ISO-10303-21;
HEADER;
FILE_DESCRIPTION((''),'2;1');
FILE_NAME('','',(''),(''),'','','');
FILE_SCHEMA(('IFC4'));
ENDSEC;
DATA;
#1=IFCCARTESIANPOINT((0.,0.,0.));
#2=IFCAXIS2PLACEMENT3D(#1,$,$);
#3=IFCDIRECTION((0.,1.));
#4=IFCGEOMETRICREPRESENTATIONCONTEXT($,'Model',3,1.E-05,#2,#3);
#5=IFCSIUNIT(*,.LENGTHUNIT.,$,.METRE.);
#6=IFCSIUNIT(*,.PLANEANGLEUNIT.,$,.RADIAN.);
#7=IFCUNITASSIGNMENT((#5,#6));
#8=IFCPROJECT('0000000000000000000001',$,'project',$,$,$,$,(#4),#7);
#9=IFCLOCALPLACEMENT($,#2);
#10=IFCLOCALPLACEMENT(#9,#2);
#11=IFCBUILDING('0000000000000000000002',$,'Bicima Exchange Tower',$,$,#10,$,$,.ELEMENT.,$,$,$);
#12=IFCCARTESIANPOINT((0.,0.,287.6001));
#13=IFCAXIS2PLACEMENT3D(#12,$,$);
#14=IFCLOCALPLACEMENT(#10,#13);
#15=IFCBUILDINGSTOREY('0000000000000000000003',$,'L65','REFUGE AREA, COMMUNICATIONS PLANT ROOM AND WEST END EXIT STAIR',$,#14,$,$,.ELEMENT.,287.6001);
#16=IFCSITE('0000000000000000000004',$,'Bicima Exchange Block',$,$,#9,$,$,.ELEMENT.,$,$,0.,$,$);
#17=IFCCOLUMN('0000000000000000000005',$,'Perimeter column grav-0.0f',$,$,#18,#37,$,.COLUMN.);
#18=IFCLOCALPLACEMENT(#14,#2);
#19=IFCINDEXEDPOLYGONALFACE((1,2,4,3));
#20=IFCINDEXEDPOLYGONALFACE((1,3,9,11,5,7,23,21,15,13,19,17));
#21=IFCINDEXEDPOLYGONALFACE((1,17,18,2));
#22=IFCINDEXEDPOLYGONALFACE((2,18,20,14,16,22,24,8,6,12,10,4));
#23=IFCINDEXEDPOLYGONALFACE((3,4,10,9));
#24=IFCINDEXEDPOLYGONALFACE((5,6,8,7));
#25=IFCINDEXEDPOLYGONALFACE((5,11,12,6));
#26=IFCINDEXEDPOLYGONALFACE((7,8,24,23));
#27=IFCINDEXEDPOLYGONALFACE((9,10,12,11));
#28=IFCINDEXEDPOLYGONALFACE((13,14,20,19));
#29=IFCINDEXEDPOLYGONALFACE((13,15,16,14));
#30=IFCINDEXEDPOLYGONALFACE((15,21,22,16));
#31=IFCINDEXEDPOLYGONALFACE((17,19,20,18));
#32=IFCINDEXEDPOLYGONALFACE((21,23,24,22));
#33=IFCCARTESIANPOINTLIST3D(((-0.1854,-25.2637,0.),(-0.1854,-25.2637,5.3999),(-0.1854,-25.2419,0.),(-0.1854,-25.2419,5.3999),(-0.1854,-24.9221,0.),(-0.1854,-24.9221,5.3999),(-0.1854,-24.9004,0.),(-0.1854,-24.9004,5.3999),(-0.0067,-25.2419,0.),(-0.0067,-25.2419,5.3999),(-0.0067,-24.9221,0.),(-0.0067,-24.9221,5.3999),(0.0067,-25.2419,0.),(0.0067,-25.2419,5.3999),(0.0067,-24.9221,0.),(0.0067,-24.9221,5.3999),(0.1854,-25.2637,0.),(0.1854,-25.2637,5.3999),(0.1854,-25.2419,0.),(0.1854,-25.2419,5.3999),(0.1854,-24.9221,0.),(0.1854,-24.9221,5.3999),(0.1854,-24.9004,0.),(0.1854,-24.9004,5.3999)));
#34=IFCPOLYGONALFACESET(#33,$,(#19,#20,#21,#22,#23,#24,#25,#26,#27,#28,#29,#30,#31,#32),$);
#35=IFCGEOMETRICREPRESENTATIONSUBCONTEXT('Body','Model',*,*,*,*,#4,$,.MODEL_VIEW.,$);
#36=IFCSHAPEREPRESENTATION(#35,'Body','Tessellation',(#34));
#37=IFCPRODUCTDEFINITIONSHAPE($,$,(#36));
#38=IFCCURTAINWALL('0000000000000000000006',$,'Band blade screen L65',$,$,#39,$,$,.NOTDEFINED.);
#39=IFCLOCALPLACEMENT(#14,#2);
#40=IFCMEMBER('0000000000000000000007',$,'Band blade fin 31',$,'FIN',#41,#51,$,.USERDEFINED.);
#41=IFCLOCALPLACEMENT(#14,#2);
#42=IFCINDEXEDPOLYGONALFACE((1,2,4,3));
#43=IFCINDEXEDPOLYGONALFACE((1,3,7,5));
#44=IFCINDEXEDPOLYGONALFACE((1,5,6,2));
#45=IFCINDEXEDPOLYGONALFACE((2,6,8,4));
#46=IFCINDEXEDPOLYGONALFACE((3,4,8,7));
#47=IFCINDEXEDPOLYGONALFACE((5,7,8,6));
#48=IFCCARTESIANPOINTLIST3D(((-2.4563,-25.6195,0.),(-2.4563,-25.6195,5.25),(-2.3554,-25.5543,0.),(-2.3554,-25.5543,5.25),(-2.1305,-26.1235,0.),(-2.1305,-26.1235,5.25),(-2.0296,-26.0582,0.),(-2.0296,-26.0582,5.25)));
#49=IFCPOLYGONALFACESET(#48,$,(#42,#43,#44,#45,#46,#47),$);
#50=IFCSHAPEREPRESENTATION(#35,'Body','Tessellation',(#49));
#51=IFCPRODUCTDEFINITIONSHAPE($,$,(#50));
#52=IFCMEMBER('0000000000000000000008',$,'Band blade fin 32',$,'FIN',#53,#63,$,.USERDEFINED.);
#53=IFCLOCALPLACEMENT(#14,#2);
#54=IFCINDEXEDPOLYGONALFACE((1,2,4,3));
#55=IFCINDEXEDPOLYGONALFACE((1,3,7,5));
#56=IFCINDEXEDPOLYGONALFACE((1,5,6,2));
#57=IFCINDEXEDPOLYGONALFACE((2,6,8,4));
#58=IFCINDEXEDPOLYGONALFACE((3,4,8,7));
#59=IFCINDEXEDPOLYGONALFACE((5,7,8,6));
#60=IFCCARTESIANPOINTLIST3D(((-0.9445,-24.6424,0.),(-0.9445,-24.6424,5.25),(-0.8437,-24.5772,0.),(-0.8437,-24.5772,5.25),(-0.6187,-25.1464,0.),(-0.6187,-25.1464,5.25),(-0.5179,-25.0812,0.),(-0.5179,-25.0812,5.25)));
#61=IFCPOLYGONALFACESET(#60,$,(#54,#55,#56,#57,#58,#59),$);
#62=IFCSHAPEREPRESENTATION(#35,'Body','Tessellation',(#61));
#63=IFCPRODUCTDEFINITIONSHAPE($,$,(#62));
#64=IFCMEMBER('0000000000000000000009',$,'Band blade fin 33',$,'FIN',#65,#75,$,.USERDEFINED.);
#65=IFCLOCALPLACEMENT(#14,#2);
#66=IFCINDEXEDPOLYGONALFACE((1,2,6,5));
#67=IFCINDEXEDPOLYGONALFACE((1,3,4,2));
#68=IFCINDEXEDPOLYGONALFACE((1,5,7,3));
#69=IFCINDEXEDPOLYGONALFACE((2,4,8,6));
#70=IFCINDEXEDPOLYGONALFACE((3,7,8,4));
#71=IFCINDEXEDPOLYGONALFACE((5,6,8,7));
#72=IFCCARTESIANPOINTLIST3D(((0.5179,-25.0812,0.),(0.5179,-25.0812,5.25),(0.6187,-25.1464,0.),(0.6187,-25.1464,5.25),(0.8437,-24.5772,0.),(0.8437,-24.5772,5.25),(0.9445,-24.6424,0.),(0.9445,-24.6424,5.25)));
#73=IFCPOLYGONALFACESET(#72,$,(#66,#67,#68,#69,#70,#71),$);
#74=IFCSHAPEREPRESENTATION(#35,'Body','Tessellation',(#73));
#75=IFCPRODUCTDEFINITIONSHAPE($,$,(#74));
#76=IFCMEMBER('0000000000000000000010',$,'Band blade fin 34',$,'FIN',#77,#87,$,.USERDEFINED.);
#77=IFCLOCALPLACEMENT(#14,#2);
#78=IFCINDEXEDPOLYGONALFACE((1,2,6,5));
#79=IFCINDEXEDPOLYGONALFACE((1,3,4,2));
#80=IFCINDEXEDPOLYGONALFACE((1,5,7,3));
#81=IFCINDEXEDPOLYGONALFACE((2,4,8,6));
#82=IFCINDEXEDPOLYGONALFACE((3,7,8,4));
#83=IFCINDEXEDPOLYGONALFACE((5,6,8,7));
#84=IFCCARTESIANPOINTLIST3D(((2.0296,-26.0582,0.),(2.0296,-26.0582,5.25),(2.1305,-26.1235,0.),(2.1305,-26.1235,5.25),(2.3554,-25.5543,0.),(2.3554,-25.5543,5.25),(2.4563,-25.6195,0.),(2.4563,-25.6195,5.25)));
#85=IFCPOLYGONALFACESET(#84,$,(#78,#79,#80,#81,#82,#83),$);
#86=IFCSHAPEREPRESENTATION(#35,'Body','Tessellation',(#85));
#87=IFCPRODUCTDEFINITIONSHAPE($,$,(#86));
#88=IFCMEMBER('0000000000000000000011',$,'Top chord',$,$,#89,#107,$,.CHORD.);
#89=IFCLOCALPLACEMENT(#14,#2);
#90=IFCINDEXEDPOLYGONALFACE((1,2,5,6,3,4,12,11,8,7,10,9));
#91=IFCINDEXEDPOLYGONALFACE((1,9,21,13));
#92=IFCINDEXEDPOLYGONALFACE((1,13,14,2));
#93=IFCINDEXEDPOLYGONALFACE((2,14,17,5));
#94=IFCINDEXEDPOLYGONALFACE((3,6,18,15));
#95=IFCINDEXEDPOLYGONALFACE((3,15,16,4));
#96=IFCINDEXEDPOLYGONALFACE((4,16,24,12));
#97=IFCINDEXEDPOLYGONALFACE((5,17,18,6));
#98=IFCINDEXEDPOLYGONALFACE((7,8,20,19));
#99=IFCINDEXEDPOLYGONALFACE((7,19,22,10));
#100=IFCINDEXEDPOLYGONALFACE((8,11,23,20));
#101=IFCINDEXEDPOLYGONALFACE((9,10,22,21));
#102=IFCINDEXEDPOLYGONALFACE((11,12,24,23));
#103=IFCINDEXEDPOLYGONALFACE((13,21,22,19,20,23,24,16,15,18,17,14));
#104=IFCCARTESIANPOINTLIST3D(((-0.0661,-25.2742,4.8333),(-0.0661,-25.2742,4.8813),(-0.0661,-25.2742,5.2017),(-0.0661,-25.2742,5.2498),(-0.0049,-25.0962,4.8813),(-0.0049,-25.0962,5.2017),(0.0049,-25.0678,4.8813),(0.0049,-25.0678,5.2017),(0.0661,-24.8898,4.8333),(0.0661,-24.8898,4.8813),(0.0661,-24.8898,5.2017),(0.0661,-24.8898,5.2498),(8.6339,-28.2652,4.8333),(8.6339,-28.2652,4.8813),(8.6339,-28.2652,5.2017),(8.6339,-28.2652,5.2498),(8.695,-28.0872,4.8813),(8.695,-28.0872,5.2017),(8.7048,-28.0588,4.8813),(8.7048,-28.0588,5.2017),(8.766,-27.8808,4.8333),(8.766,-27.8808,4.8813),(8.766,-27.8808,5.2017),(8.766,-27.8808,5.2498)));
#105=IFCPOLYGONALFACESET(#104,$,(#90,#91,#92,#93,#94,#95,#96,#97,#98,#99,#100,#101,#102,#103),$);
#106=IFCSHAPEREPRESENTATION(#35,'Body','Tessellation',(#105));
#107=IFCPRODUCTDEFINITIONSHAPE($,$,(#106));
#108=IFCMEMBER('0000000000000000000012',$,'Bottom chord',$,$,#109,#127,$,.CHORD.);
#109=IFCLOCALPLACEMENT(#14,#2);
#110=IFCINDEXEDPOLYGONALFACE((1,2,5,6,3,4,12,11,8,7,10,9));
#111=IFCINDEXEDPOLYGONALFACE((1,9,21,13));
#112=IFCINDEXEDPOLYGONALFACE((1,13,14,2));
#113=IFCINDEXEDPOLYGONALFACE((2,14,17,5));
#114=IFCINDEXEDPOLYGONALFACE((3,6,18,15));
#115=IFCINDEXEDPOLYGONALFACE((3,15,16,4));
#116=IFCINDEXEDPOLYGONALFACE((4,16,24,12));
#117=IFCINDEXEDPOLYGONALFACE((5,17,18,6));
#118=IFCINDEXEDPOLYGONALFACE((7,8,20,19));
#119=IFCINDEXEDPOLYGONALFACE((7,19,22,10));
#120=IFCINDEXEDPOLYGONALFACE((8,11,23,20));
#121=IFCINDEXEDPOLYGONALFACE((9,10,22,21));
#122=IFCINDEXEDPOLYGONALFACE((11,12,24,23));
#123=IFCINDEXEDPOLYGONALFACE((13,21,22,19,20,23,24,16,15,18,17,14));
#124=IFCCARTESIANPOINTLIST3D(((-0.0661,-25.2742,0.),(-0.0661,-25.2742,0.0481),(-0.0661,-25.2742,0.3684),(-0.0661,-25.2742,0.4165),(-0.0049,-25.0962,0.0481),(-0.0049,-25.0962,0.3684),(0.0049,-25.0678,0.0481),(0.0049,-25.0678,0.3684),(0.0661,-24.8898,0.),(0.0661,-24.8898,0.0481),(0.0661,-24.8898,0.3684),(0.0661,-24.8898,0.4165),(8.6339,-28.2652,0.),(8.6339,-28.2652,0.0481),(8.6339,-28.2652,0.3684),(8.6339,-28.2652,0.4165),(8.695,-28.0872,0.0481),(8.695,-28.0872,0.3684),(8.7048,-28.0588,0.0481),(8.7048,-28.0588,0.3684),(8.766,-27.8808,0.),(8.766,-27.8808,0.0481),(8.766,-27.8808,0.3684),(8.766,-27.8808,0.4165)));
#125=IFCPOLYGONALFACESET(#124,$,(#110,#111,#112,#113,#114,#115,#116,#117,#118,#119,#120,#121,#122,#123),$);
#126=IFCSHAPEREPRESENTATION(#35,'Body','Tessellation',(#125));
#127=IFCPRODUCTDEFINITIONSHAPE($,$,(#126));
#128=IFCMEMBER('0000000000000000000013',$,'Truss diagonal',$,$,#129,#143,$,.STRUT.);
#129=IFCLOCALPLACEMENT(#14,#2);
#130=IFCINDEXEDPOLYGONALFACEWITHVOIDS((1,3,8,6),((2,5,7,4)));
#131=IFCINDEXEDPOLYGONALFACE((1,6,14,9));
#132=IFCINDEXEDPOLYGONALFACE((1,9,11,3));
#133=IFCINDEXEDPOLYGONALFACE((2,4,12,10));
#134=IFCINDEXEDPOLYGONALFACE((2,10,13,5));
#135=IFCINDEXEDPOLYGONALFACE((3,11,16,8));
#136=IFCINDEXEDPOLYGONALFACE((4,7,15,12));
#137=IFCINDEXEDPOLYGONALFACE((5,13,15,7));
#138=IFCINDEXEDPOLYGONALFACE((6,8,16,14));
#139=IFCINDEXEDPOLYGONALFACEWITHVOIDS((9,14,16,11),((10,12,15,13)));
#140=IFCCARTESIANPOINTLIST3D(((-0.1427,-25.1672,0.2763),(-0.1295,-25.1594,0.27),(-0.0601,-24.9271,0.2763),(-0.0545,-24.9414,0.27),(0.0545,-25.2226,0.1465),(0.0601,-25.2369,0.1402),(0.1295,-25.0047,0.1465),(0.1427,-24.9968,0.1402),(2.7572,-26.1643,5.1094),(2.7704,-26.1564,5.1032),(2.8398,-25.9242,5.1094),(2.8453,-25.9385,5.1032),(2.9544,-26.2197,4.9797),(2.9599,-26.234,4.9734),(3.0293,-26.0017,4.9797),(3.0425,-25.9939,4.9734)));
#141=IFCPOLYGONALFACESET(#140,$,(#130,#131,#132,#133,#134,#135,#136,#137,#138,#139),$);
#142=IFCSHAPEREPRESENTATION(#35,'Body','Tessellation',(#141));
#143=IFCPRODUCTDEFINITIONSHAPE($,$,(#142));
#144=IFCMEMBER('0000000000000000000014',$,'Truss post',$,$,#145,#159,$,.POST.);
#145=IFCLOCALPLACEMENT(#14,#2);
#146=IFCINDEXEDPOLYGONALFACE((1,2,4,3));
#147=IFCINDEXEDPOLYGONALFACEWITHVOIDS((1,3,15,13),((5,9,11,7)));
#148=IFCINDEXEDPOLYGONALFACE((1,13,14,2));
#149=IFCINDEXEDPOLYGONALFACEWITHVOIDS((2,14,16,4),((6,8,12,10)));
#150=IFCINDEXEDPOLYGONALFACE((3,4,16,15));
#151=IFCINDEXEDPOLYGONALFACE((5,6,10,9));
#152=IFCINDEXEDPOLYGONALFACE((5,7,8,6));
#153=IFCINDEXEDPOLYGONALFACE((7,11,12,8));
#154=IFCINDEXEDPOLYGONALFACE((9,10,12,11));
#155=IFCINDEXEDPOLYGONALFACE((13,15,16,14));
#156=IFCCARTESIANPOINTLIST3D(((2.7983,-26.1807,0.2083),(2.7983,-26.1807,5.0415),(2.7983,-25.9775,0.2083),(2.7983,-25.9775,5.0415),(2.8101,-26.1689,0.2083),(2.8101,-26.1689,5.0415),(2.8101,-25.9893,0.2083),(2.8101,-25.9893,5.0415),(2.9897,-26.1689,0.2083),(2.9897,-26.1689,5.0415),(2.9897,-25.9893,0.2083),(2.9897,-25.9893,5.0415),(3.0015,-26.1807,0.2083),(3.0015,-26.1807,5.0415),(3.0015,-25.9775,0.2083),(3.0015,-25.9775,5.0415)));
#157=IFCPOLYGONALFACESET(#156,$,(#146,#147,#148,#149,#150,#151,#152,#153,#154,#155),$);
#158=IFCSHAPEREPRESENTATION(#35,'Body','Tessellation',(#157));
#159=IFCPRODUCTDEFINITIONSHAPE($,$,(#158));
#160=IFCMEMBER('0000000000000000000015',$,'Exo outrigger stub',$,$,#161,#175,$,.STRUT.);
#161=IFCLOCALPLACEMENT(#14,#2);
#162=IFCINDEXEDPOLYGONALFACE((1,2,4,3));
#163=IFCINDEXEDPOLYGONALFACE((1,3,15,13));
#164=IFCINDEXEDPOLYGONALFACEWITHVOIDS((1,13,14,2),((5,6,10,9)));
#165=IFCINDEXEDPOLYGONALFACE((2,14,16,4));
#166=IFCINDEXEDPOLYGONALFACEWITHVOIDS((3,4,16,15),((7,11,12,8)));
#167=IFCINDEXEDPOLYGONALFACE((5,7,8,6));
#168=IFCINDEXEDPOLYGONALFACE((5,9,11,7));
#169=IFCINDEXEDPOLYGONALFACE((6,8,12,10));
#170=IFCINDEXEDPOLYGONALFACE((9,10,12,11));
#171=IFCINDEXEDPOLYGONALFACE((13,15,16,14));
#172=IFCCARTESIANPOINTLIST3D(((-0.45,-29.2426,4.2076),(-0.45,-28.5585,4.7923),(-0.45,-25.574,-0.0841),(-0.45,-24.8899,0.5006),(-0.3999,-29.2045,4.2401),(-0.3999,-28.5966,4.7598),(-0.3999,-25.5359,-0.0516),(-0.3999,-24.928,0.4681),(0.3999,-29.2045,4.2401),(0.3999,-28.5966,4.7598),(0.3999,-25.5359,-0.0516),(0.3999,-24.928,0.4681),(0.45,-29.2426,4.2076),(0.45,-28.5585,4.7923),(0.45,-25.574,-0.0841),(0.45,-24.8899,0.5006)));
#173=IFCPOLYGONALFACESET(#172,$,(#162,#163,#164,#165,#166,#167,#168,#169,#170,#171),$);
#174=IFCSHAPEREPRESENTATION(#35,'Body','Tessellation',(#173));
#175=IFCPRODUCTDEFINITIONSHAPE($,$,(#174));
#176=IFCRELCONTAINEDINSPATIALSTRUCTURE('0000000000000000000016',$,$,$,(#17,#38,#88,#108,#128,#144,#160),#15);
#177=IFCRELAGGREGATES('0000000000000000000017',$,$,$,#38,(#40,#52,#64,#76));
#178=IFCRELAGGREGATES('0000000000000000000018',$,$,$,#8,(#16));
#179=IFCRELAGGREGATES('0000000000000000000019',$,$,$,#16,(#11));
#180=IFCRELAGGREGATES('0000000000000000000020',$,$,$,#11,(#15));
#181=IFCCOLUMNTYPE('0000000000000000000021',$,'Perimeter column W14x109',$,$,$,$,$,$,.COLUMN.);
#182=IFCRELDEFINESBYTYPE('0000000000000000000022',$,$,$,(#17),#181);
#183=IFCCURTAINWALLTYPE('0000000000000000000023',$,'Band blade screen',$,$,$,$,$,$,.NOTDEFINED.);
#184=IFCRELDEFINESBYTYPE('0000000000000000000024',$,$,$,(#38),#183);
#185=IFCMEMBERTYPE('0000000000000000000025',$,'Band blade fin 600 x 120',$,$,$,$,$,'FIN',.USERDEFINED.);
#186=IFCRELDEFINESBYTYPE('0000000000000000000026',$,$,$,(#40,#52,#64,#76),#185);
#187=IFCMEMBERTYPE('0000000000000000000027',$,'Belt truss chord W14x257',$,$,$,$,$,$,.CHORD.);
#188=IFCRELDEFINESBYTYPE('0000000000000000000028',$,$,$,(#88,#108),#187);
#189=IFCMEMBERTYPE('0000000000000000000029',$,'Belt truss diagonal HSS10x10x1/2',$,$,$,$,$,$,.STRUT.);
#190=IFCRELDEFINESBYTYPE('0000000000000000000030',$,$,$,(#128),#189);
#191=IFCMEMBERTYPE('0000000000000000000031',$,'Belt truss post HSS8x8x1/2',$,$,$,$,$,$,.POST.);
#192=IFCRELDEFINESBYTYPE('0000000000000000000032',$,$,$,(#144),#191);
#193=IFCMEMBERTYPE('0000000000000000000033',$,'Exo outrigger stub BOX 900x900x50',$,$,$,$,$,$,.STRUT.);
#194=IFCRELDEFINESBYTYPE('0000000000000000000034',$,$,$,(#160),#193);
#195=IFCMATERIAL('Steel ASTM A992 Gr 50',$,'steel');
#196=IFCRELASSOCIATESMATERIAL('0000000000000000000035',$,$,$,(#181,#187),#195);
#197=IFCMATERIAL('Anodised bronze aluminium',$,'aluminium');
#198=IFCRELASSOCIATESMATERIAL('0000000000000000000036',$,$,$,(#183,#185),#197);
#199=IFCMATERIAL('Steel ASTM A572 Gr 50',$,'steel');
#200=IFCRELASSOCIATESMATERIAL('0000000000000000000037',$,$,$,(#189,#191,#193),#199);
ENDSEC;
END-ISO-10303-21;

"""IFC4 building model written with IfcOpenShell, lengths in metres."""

from ifc_helpers import new_model, si_unit, direction, frame, origin, origin_2d, place, context, subcontext, project, spatial, rectangle, hollow_rectangle, i_section, extrude, material, material_profile, profile_set, type_object, element, aggregate, save


model = new_model("IFC4")

# Units and contexts
model_context = context("Model", 3, precision=1e-05, world=origin(), true_north=direction((0.0, 1.0)))
body_context = subcontext(model_context, "Body", "Model", "MODEL_VIEW")
ifc_project = project(units=[si_unit("LENGTHUNIT", "METRE"), si_unit("PLANEANGLEUNIT", "RADIAN")], contexts=[model_context])

# Site, building, storey
site_placement = place(None, origin())
site = spatial("IfcSite", under=ifc_project, at=site_placement, Name="Bicima Exchange Block", CompositionType="ELEMENT", RefElevation=0.0)
building_placement = place(site_placement, origin())
building = spatial("IfcBuilding", under=site, at=building_placement, Name="Bicima Exchange Tower", CompositionType="ELEMENT")
storey_placement = place(building_placement, frame((0.0, 0.0, 287.6001)))
storey = spatial("IfcBuildingStorey", under=building, at=storey_placement, Name="L65", Description="REFUGE AREA, COMMUNICATIONS PLANT ROOM AND WEST END EXIT STAIR", CompositionType="ELEMENT", Elevation=287.6001)

# Column
ifc_material_1 = material(Name="Steel ASTM A992 Gr 50", Category="steel")
ifc_material_profile_1 = material_profile(ifc_material_1, i_section(OverallWidth=0.3708, OverallDepth=0.3633, WebThickness=0.0134, FlangeThickness=0.0217, at=origin_2d()))
ifc_profile_set_1 = profile_set([ifc_material_profile_1], Name="Steel ASTM A992 Gr 50")
column_type = type_object("IfcColumnType", Name="Perimeter column W14x109", PredefinedType="COLUMN", material=ifc_profile_set_1)
column_placement = place(storey_placement, frame((0.0, -25.082, 0.0), z_axis=(0.0, 0.0, 1.0), x_axis=(1.0, 0.0, 0.0)))
element("IfcColumn", 1, at=column_placement, inside=storey, type_object=column_type, Name="Perimeter column grav-0.0f", PredefinedType="COLUMN", context=body_context, shape_type="SweptSolid", body=[
    extrude(i_section(OverallWidth=0.3708, OverallDepth=0.3633, WebThickness=0.0134, FlangeThickness=0.0217, at=origin_2d()), origin(), (0.0, 0.0, 1.0), 5.3999),
])

# Curtain wall, members
ifc_material_2 = material(Name="Anodised bronze aluminium", Category="aluminium")
curtain_wall_type = type_object("IfcCurtainWallType", Name="Band blade screen", PredefinedType="NOTDEFINED", material=ifc_material_2)
curtain_wall_placement = place(storey_placement, origin())
curtain_wall = element("IfcCurtainWall", 2, at=curtain_wall_placement, inside=storey, type_object=curtain_wall_type, Name="Band blade screen L65", PredefinedType="NOTDEFINED")
ifc_material_profile_2 = material_profile(ifc_material_2, rectangle(XDim=0.6001, YDim=0.1201, at=origin_2d()))
ifc_profile_set_2 = profile_set([ifc_material_profile_2], Name="Anodised bronze aluminium")
member_type_1 = type_object("IfcMemberType", Name="Band blade fin 600 x 120", ElementType="FIN", PredefinedType="USERDEFINED", material=ifc_profile_set_2)
member_1_placement = place(storey_placement, frame((-2.2429, -25.8389, 0.0), z_axis=(0.0, 0.0, 1.0), x_axis=(-0.542909, 0.839791, 0.0)))
member_1 = element("IfcMember", 3, at=member_1_placement, type_object=member_type_1, Name="Band blade fin 31", ObjectType="FIN", PredefinedType="USERDEFINED", context=body_context, shape_type="SweptSolid", body=[
    extrude(rectangle(XDim=0.6001, YDim=0.1201, at=origin_2d()), origin(), (0.0, 0.0, 1.0), 5.25),
])
member_2_placement = place(storey_placement, frame((-0.7312, -24.8618, 0.0), z_axis=(0.0, 0.0, 1.0), x_axis=(-0.542909, 0.839791, 0.0)))
member_2 = element("IfcMember", 4, at=member_2_placement, type_object=member_type_1, Name="Band blade fin 32", ObjectType="FIN", PredefinedType="USERDEFINED", context=body_context, shape_type="SweptSolid", body=[
    extrude(rectangle(XDim=0.6001, YDim=0.1201, at=origin_2d()), origin(), (0.0, 0.0, 1.0), 5.25),
])
member_3_placement = place(storey_placement, frame((0.7312, -24.8618, 0.0), z_axis=(0.0, 0.0, 1.0), x_axis=(0.542909, 0.839791, 0.0)))
member_3 = element("IfcMember", 5, at=member_3_placement, type_object=member_type_1, Name="Band blade fin 33", ObjectType="FIN", PredefinedType="USERDEFINED", context=body_context, shape_type="SweptSolid", body=[
    extrude(rectangle(XDim=0.6001, YDim=0.1201, at=origin_2d()), origin(), (0.0, 0.0, 1.0), 5.25),
])
member_4_placement = place(storey_placement, frame((2.2429, -25.8389, 0.0), z_axis=(0.0, 0.0, 1.0), x_axis=(0.542909, 0.839791, 0.0)))
member_4 = element("IfcMember", 6, at=member_4_placement, type_object=member_type_1, Name="Band blade fin 34", ObjectType="FIN", PredefinedType="USERDEFINED", context=body_context, shape_type="SweptSolid", body=[
    extrude(rectangle(XDim=0.6001, YDim=0.1201, at=origin_2d()), origin(), (0.0, 0.0, 1.0), 5.25),
])
aggregate(curtain_wall, [member_1, member_2, member_3, member_4])

# Members
ifc_material_profile_3 = material_profile(ifc_material_1, i_section(OverallWidth=0.4065, OverallDepth=0.4165, WebThickness=0.03, FlangeThickness=0.0481, at=origin_2d()))
ifc_profile_set_3 = profile_set([ifc_material_profile_3], Name="Steel ASTM A992 Gr 50")
member_type_2 = type_object("IfcMemberType", Name="Belt truss chord W14x257", PredefinedType="CHORD", material=ifc_profile_set_3)
for number, where, z_axis, x_axis, name in (
    (7, (0.0, -25.082, 5.0415), (0.945675, -0.325115, 0.0), (0.325115, 0.945675, 0.0), "Top chord"),
    (8, (0.0, -25.082, 0.2083), (0.945675, -0.325115, 0.0), (0.325115, 0.945675, 0.0), "Bottom chord"),
):
    element("IfcMember", number, at=place(storey_placement, frame(where, z_axis=z_axis, x_axis=x_axis)), inside=storey, type_object=member_type_2, Name=name, PredefinedType="CHORD", context=body_context, shape_type="SweptSolid", body=[
        extrude(i_section(OverallWidth=0.4065, OverallDepth=0.4165, WebThickness=0.03, FlangeThickness=0.0481, at=origin_2d()), origin(), (0.0, 0.0, 1.0), 9.1997),
    ])
ifc_material_3 = material(Name="Steel ASTM A572 Gr 50", Category="steel")
ifc_material_profile_4 = material_profile(ifc_material_3, hollow_rectangle(XDim=0.2539, YDim=0.2539, WallThickness=0.0117, at=origin_2d()))
ifc_profile_set_4 = profile_set([ifc_material_profile_4], Name="Steel ASTM A572 Gr 50")
member_type_3 = type_object("IfcMemberType", Name="Belt truss diagonal HSS10x10x1/2", PredefinedType="STRUT", material=ifc_profile_set_4)
member_5_placement = place(storey_placement, frame((0.0, -25.082, 0.2083), z_axis=(0.506624, -0.174192, 0.844387), x_axis=(0.325147, 0.945664, 0.0)))
element("IfcMember", 9, at=member_5_placement, inside=storey, type_object=member_type_3, Name="Truss diagonal", PredefinedType="STRUT", context=body_context, shape_type="SweptSolid", body=[
    extrude(hollow_rectangle(XDim=0.2539, YDim=0.2539, WallThickness=0.0117, at=origin_2d()), origin(), (0.0, 0.0, 1.0), 5.7239),
])
ifc_material_profile_5 = material_profile(ifc_material_3, hollow_rectangle(XDim=0.2031, YDim=0.2031, WallThickness=0.0117, at=origin_2d()))
ifc_profile_set_5 = profile_set([ifc_material_profile_5], Name="Steel ASTM A572 Gr 50")
member_type_4 = type_object("IfcMemberType", Name="Belt truss post HSS8x8x1/2", PredefinedType="POST", material=ifc_profile_set_5)
member_6_placement = place(storey_placement, frame((2.8999, -26.0791, 0.2083), z_axis=(0.0, 0.0, 1.0), x_axis=(1.0, 0.0, 0.0)))
element("IfcMember", 10, at=member_6_placement, inside=storey, type_object=member_type_4, Name="Truss post", PredefinedType="POST", context=body_context, shape_type="SweptSolid", body=[
    extrude(hollow_rectangle(XDim=0.2031, YDim=0.2031, WallThickness=0.0117, at=origin_2d()), origin(), (0.0, 0.0, 1.0), 4.8333),
])
ifc_material_profile_6 = material_profile(ifc_material_3, hollow_rectangle(XDim=0.8999, YDim=0.8999, WallThickness=0.05, at=origin_2d()))
ifc_profile_set_6 = profile_set([ifc_material_profile_6], Name="Steel ASTM A572 Gr 50")
member_type_5 = type_object("IfcMemberType", Name="Exo outrigger stub BOX 900x900x50", PredefinedType="STRUT", material=ifc_profile_set_6)
member_7_placement = place(storey_placement, frame((0.0, -25.2319, 0.2083), z_axis=(0.0, -0.649776, 0.760126), x_axis=(1.0, 0.0, 0.0)))
element("IfcMember", 11, at=member_7_placement, inside=storey, type_object=member_type_5, Name="Exo outrigger stub", PredefinedType="STRUT", context=body_context, shape_type="SweptSolid", body=[
    extrude(hollow_rectangle(XDim=0.8999, YDim=0.8999, WallThickness=0.05, at=origin_2d()), origin(), (0.0, 0.0, 1.0), 5.646),
])

save(model, "model.ifc")
